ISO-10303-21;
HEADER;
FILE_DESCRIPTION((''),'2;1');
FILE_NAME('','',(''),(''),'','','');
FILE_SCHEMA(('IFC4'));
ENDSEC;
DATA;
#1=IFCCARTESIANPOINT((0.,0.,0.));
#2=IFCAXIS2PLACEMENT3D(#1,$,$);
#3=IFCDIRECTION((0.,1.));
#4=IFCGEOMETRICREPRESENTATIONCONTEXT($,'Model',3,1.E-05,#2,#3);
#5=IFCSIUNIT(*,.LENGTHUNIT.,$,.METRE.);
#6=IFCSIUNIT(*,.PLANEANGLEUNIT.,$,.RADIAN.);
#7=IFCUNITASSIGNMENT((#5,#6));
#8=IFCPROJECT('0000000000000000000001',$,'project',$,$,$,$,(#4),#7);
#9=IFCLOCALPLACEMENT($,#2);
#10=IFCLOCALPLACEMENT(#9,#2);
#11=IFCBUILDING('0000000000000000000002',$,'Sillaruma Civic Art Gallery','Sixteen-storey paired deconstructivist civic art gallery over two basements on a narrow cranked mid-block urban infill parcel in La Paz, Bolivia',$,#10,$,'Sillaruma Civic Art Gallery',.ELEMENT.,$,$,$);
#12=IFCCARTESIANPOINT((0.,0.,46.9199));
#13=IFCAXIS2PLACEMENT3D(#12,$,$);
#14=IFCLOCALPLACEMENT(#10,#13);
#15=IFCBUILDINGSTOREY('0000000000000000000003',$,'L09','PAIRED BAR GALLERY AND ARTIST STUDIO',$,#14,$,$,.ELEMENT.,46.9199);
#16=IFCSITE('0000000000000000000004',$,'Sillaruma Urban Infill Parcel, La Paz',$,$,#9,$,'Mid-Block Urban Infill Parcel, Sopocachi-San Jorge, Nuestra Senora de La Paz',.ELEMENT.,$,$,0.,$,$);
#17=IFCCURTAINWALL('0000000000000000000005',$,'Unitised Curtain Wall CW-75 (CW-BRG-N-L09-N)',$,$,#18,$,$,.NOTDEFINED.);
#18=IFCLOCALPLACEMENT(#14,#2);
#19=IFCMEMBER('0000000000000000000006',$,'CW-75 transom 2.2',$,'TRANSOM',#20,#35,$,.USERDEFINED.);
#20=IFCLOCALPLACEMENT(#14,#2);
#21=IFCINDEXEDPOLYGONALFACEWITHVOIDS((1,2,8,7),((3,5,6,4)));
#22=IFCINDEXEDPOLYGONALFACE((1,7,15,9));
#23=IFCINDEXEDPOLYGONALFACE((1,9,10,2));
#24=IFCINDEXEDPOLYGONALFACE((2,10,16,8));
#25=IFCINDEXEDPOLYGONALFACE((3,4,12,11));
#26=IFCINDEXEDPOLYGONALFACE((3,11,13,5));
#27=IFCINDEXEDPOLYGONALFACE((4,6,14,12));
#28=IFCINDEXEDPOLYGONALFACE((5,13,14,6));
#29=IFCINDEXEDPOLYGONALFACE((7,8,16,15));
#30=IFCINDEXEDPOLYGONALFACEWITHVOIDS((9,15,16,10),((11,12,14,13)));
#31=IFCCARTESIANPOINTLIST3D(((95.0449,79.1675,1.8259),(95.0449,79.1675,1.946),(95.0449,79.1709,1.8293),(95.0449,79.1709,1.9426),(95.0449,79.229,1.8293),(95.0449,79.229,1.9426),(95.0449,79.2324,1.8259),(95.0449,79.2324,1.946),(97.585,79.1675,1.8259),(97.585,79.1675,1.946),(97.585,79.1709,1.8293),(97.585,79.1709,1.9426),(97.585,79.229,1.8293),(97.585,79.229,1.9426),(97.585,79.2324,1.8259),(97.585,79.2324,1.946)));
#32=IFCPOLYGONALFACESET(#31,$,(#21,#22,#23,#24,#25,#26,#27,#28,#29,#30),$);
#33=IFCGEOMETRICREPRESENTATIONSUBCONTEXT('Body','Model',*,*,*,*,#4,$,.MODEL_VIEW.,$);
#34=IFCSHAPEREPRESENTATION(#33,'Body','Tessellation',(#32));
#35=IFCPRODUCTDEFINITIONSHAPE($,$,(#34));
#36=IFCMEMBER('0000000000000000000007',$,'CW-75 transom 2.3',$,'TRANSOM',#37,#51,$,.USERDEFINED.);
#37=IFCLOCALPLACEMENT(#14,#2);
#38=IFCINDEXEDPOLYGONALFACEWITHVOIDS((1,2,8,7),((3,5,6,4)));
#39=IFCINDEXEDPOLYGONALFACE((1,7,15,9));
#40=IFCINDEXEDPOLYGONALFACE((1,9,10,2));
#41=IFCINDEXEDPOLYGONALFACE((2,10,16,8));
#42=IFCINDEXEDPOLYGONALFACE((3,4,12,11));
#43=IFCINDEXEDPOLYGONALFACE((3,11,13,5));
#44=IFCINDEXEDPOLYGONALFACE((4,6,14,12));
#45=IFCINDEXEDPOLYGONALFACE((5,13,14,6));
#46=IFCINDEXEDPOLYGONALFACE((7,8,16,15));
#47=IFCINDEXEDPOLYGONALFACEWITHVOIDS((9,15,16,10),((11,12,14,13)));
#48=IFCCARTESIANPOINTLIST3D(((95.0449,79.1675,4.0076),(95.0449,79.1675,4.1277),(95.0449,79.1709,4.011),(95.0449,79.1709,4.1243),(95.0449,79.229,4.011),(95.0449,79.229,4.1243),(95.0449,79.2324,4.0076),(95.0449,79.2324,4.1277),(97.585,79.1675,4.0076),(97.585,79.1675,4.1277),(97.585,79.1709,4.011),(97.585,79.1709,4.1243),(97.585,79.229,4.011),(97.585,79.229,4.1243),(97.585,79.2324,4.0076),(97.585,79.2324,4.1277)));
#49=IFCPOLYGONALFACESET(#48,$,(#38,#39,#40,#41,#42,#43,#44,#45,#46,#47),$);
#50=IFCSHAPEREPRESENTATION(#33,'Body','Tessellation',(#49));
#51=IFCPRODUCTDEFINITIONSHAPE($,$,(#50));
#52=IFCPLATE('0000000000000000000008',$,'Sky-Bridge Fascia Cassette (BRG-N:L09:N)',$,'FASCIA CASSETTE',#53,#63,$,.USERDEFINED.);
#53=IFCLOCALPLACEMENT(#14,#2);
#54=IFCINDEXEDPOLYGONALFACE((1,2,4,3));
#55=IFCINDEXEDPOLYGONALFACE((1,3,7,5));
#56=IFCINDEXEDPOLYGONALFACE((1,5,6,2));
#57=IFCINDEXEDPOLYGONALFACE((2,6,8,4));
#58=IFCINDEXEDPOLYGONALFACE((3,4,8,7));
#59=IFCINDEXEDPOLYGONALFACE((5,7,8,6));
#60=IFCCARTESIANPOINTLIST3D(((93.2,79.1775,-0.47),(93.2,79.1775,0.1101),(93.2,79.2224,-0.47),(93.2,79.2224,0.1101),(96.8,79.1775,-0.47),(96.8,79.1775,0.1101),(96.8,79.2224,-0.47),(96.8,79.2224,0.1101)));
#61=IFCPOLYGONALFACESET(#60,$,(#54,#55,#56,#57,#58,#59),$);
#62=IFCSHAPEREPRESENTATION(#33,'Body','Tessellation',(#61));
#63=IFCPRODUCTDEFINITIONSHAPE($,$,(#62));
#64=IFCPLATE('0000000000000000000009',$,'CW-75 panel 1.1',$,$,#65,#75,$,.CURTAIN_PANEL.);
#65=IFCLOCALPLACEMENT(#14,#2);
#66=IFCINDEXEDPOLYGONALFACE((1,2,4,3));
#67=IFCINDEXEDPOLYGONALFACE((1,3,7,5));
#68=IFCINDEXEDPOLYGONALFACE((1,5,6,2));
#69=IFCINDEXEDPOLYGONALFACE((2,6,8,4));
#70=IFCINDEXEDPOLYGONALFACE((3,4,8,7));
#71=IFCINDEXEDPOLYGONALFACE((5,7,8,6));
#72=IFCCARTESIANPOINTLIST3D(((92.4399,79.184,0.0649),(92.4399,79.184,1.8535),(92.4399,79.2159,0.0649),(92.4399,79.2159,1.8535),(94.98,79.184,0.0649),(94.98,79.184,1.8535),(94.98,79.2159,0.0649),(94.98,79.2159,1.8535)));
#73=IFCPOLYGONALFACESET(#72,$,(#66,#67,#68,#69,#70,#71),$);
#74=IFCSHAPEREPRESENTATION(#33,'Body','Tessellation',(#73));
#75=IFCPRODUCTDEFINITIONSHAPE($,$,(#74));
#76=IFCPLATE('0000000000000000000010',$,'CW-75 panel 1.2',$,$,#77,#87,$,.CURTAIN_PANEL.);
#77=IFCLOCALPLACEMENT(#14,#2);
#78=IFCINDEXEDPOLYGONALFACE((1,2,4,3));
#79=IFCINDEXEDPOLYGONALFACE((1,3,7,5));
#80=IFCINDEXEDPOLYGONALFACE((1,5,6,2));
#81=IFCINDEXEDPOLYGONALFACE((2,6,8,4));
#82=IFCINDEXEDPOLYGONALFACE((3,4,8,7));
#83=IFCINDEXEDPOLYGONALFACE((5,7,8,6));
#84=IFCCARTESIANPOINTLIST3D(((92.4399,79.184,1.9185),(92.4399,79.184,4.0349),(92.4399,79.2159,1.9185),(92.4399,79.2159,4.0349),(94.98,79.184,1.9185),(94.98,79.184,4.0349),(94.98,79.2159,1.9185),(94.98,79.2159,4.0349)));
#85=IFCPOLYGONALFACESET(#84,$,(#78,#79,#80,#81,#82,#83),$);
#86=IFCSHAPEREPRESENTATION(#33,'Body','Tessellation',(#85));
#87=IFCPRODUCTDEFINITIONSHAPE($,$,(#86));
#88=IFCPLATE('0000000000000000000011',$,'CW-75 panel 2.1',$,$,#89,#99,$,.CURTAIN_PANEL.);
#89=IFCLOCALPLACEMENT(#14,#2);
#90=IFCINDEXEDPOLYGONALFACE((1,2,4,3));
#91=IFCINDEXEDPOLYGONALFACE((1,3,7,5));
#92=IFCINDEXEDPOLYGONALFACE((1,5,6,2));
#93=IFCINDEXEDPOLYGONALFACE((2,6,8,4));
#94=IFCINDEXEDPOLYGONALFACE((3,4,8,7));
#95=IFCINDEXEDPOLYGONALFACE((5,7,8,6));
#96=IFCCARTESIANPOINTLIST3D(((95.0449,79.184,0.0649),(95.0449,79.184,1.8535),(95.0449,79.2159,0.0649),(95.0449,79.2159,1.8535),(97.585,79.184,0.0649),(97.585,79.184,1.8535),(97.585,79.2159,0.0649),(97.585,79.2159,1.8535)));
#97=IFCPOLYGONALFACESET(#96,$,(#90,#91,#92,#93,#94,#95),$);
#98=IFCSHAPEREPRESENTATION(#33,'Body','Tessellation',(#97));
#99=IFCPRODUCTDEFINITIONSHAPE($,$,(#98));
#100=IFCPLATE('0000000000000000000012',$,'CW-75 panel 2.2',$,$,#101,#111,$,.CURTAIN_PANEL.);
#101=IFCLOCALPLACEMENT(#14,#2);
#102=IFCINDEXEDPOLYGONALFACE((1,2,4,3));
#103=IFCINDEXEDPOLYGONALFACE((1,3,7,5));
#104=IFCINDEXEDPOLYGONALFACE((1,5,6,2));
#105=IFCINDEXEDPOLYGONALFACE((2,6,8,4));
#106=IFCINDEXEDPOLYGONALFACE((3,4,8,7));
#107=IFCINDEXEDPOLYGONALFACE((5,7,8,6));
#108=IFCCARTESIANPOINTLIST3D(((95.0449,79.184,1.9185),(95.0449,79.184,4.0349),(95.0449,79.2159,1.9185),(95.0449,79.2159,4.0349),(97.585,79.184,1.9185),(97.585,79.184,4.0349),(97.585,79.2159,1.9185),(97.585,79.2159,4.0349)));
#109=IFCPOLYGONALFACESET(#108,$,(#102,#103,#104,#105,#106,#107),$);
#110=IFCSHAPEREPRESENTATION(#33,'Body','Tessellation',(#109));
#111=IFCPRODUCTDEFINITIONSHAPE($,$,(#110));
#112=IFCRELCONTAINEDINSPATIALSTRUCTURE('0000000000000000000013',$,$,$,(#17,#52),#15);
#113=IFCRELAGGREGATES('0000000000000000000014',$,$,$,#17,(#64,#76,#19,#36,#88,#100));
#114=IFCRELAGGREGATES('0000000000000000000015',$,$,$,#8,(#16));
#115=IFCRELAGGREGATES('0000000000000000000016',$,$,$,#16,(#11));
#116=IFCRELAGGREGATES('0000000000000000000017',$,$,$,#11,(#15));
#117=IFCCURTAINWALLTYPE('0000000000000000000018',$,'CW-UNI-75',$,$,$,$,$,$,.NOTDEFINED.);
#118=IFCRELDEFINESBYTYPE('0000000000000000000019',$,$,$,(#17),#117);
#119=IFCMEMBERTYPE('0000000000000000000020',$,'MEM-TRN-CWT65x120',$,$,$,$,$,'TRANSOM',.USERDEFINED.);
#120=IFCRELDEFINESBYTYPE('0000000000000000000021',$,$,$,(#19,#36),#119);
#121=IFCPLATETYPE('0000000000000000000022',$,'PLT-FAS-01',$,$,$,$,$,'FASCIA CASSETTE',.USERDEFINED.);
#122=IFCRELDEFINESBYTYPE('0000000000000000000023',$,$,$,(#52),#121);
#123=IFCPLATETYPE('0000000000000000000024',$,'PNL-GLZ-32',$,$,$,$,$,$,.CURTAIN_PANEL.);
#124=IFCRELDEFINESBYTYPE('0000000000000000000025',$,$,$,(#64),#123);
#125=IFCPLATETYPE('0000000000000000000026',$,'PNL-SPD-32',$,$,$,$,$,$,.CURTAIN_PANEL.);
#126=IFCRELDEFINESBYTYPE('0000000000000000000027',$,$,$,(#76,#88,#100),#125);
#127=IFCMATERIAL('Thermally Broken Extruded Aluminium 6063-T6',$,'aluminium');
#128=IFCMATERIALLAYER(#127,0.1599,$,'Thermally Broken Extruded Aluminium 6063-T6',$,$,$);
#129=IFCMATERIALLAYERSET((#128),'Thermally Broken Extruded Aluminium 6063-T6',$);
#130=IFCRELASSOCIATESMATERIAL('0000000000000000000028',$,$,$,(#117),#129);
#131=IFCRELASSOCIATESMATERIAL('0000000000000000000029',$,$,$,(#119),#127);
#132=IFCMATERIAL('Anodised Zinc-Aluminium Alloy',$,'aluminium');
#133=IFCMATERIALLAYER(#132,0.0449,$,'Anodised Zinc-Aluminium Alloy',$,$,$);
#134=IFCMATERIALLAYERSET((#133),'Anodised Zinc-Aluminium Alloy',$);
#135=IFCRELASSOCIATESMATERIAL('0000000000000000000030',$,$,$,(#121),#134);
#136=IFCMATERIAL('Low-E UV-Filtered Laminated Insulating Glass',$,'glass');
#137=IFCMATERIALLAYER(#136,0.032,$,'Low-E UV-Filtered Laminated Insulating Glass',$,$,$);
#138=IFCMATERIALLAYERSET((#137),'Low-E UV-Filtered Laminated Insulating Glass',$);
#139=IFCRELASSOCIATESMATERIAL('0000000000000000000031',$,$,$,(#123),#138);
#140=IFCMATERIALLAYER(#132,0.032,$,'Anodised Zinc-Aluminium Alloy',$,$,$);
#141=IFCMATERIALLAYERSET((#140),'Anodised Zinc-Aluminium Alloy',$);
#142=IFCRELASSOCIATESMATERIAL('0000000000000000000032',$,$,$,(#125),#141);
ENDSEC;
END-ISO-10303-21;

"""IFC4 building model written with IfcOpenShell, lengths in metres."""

from ifc_helpers import new_model, si_unit, direction, frame, origin, origin_2d, place, context, subcontext, project, spatial, rectangle, hollow_rectangle, extrude, material, layer, layer_set, material_profile, profile_set, type_object, element, aggregate, save


model = new_model("IFC4")

# Units and contexts
model_context = context("Model", 3, precision=1e-05, world=origin(), true_north=direction((0.0, 1.0)))
body_context = subcontext(model_context, "Body", "Model", "MODEL_VIEW")
ifc_project = project(units=[si_unit("LENGTHUNIT", "METRE"), si_unit("PLANEANGLEUNIT", "RADIAN")], contexts=[model_context])

# Site, building, storey
site_placement = place(None, origin())
site = spatial("IfcSite", under=ifc_project, at=site_placement, Name="Sillaruma Urban Infill Parcel, La Paz", LongName="Mid-Block Urban Infill Parcel, Sopocachi-San Jorge, Nuestra Senora de La Paz", CompositionType="ELEMENT", RefElevation=0.0)
building_placement = place(site_placement, origin())
building = spatial("IfcBuilding", under=site, at=building_placement, Name="Sillaruma Civic Art Gallery", Description="Sixteen-storey paired deconstructivist civic art gallery over two basements on a narrow cranked mid-block urban infill parcel in La Paz, Bolivia", LongName="Sillaruma Civic Art Gallery", CompositionType="ELEMENT")
storey_placement = place(building_placement, frame((0.0, 0.0, 46.9199)))
storey = spatial("IfcBuildingStorey", under=building, at=storey_placement, Name="L09", Description="PAIRED BAR GALLERY AND ARTIST STUDIO", CompositionType="ELEMENT", Elevation=46.9199)

# Curtain wall, members
ifc_material_1 = material(Name="Thermally Broken Extruded Aluminium 6063-T6", Category="aluminium")
ifc_layer_1 = layer(ifc_material_1, 0.1599, Name="Thermally Broken Extruded Aluminium 6063-T6")
ifc_layer_set_1 = layer_set([ifc_layer_1], Name="Thermally Broken Extruded Aluminium 6063-T6")
curtain_wall_type = type_object("IfcCurtainWallType", Name="CW-UNI-75", PredefinedType="NOTDEFINED", material=ifc_layer_set_1)
curtain_wall_placement = place(storey_placement, origin())
curtain_wall = element("IfcCurtainWall", 1, at=curtain_wall_placement, inside=storey, type_object=curtain_wall_type, Name="Unitised Curtain Wall CW-75 (CW-BRG-N-L09-N)", PredefinedType="NOTDEFINED")
ifc_material_profile_1 = material_profile(ifc_material_1, hollow_rectangle(XDim=0.0649, YDim=0.1201, WallThickness=0.0034, at=origin_2d()), Name="CWT65x120")
ifc_profile_set_1 = profile_set([ifc_material_profile_1], Name="Thermally Broken Extruded Aluminium 6063-T6")
member_type_1 = type_object("IfcMemberType", Name="MEM-TRN-CWT65x120", ElementType="TRANSOM", PredefinedType="USERDEFINED", material=ifc_profile_set_1)
member_1_placement = place(storey_placement, frame((95.0449, 79.2, 1.886), z_axis=(1.0, 0.0, 0.0), x_axis=(0.0, 1.0, 0.0)))
member_1 = element("IfcMember", 2, at=member_1_placement, type_object=member_type_1, Name="CW-75 transom 2.2", ObjectType="TRANSOM", PredefinedType="USERDEFINED", context=body_context, shape_type="SweptSolid", body=[
    extrude(hollow_rectangle(XDim=0.0649, YDim=0.1201, WallThickness=0.0034, at=origin_2d()), origin(), (0.0, 0.0, 1.0), 2.54),
])
member_2_placement = place(storey_placement, frame((95.0449, 79.2, 4.0676), z_axis=(1.0, 0.0, 0.0), x_axis=(0.0, 1.0, 0.0)))
member_2 = element("IfcMember", 3, at=member_2_placement, type_object=member_type_1, Name="CW-75 transom 2.3", ObjectType="TRANSOM", PredefinedType="USERDEFINED", context=body_context, shape_type="SweptSolid", body=[
    extrude(hollow_rectangle(XDim=0.0649, YDim=0.1201, WallThickness=0.0034, at=origin_2d()), origin(), (0.0, 0.0, 1.0), 2.54),
])

# Plates
ifc_material_2 = material(Name="Anodised Zinc-Aluminium Alloy", Category="aluminium")
ifc_layer_2 = layer(ifc_material_2, 0.0449, Name="Anodised Zinc-Aluminium Alloy")
ifc_layer_set_2 = layer_set([ifc_layer_2], Name="Anodised Zinc-Aluminium Alloy")
plate_type_1 = type_object("IfcPlateType", Name="PLT-FAS-01", ElementType="FASCIA CASSETTE", PredefinedType="USERDEFINED", material=ifc_layer_set_2)
plate_1_placement = place(storey_placement, frame((95.0, 79.2, -0.47), z_axis=(0.0, 0.0, 1.0), x_axis=(1.0, 0.0, 0.0)))
element("IfcPlate", 4, at=plate_1_placement, inside=storey, type_object=plate_type_1, Name="Sky-Bridge Fascia Cassette (BRG-N:L09:N)", ObjectType="FASCIA CASSETTE", PredefinedType="USERDEFINED", context=body_context, shape_type="SweptSolid", body=[
    extrude(rectangle(XDim=3.6001, YDim=0.0449, at=origin_2d()), origin(), (0.0, 0.0, 1.0), 0.5801),
])
ifc_material_3 = material(Name="Low-E UV-Filtered Laminated Insulating Glass", Category="glass")
ifc_layer_3 = layer(ifc_material_3, 0.032, Name="Low-E UV-Filtered Laminated Insulating Glass")
ifc_layer_set_3 = layer_set([ifc_layer_3], Name="Low-E UV-Filtered Laminated Insulating Glass")
plate_type_2 = type_object("IfcPlateType", Name="PNL-GLZ-32", PredefinedType="CURTAIN_PANEL", material=ifc_layer_set_3)
plate_2_placement = place(storey_placement, frame((93.71, 79.2, 0.0649), z_axis=(0.0, 0.0, 1.0), x_axis=(1.0, 0.0, 0.0)))
plate_2 = element("IfcPlate", 5, at=plate_2_placement, type_object=plate_type_2, Name="CW-75 panel 1.1", PredefinedType="CURTAIN_PANEL", context=body_context, shape_type="SweptSolid", body=[
    extrude(rectangle(XDim=2.54, YDim=0.032, at=origin_2d()), origin(), (0.0, 0.0, 1.0), 1.7886),
])
ifc_layer_4 = layer(ifc_material_2, 0.032, Name="Anodised Zinc-Aluminium Alloy")
ifc_layer_set_4 = layer_set([ifc_layer_4], Name="Anodised Zinc-Aluminium Alloy")
plate_type_3 = type_object("IfcPlateType", Name="PNL-SPD-32", PredefinedType="CURTAIN_PANEL", material=ifc_layer_set_4)
plate_3_placement = place(storey_placement, frame((93.71, 79.2, 1.9185), z_axis=(0.0, 0.0, 1.0), x_axis=(1.0, 0.0, 0.0)))
plate_3 = element("IfcPlate", 6, at=plate_3_placement, type_object=plate_type_3, Name="CW-75 panel 1.2", PredefinedType="CURTAIN_PANEL", context=body_context, shape_type="SweptSolid", body=[
    extrude(rectangle(XDim=2.54, YDim=0.032, at=origin_2d()), origin(), (0.0, 0.0, 1.0), 2.1165),
])
plate_4_placement = place(storey_placement, frame((96.3149, 79.2, 0.0649), z_axis=(0.0, 0.0, 1.0), x_axis=(1.0, 0.0, 0.0)))
plate_4 = element("IfcPlate", 7, at=plate_4_placement, type_object=plate_type_3, Name="CW-75 panel 2.1", PredefinedType="CURTAIN_PANEL", context=body_context, shape_type="SweptSolid", body=[
    extrude(rectangle(XDim=2.54, YDim=0.032, at=origin_2d()), origin(), (0.0, 0.0, 1.0), 1.7886),
])
plate_5_placement = place(storey_placement, frame((96.3149, 79.2, 1.9185), z_axis=(0.0, 0.0, 1.0), x_axis=(1.0, 0.0, 0.0)))
plate_5 = element("IfcPlate", 8, at=plate_5_placement, type_object=plate_type_3, Name="CW-75 panel 2.2", PredefinedType="CURTAIN_PANEL", context=body_context, shape_type="SweptSolid", body=[
    extrude(rectangle(XDim=2.54, YDim=0.032, at=origin_2d()), origin(), (0.0, 0.0, 1.0), 2.1165),
])
aggregate(curtain_wall, [plate_2, plate_3, member_1, member_2, plate_4, plate_5])

save(model, "model.ifc")
